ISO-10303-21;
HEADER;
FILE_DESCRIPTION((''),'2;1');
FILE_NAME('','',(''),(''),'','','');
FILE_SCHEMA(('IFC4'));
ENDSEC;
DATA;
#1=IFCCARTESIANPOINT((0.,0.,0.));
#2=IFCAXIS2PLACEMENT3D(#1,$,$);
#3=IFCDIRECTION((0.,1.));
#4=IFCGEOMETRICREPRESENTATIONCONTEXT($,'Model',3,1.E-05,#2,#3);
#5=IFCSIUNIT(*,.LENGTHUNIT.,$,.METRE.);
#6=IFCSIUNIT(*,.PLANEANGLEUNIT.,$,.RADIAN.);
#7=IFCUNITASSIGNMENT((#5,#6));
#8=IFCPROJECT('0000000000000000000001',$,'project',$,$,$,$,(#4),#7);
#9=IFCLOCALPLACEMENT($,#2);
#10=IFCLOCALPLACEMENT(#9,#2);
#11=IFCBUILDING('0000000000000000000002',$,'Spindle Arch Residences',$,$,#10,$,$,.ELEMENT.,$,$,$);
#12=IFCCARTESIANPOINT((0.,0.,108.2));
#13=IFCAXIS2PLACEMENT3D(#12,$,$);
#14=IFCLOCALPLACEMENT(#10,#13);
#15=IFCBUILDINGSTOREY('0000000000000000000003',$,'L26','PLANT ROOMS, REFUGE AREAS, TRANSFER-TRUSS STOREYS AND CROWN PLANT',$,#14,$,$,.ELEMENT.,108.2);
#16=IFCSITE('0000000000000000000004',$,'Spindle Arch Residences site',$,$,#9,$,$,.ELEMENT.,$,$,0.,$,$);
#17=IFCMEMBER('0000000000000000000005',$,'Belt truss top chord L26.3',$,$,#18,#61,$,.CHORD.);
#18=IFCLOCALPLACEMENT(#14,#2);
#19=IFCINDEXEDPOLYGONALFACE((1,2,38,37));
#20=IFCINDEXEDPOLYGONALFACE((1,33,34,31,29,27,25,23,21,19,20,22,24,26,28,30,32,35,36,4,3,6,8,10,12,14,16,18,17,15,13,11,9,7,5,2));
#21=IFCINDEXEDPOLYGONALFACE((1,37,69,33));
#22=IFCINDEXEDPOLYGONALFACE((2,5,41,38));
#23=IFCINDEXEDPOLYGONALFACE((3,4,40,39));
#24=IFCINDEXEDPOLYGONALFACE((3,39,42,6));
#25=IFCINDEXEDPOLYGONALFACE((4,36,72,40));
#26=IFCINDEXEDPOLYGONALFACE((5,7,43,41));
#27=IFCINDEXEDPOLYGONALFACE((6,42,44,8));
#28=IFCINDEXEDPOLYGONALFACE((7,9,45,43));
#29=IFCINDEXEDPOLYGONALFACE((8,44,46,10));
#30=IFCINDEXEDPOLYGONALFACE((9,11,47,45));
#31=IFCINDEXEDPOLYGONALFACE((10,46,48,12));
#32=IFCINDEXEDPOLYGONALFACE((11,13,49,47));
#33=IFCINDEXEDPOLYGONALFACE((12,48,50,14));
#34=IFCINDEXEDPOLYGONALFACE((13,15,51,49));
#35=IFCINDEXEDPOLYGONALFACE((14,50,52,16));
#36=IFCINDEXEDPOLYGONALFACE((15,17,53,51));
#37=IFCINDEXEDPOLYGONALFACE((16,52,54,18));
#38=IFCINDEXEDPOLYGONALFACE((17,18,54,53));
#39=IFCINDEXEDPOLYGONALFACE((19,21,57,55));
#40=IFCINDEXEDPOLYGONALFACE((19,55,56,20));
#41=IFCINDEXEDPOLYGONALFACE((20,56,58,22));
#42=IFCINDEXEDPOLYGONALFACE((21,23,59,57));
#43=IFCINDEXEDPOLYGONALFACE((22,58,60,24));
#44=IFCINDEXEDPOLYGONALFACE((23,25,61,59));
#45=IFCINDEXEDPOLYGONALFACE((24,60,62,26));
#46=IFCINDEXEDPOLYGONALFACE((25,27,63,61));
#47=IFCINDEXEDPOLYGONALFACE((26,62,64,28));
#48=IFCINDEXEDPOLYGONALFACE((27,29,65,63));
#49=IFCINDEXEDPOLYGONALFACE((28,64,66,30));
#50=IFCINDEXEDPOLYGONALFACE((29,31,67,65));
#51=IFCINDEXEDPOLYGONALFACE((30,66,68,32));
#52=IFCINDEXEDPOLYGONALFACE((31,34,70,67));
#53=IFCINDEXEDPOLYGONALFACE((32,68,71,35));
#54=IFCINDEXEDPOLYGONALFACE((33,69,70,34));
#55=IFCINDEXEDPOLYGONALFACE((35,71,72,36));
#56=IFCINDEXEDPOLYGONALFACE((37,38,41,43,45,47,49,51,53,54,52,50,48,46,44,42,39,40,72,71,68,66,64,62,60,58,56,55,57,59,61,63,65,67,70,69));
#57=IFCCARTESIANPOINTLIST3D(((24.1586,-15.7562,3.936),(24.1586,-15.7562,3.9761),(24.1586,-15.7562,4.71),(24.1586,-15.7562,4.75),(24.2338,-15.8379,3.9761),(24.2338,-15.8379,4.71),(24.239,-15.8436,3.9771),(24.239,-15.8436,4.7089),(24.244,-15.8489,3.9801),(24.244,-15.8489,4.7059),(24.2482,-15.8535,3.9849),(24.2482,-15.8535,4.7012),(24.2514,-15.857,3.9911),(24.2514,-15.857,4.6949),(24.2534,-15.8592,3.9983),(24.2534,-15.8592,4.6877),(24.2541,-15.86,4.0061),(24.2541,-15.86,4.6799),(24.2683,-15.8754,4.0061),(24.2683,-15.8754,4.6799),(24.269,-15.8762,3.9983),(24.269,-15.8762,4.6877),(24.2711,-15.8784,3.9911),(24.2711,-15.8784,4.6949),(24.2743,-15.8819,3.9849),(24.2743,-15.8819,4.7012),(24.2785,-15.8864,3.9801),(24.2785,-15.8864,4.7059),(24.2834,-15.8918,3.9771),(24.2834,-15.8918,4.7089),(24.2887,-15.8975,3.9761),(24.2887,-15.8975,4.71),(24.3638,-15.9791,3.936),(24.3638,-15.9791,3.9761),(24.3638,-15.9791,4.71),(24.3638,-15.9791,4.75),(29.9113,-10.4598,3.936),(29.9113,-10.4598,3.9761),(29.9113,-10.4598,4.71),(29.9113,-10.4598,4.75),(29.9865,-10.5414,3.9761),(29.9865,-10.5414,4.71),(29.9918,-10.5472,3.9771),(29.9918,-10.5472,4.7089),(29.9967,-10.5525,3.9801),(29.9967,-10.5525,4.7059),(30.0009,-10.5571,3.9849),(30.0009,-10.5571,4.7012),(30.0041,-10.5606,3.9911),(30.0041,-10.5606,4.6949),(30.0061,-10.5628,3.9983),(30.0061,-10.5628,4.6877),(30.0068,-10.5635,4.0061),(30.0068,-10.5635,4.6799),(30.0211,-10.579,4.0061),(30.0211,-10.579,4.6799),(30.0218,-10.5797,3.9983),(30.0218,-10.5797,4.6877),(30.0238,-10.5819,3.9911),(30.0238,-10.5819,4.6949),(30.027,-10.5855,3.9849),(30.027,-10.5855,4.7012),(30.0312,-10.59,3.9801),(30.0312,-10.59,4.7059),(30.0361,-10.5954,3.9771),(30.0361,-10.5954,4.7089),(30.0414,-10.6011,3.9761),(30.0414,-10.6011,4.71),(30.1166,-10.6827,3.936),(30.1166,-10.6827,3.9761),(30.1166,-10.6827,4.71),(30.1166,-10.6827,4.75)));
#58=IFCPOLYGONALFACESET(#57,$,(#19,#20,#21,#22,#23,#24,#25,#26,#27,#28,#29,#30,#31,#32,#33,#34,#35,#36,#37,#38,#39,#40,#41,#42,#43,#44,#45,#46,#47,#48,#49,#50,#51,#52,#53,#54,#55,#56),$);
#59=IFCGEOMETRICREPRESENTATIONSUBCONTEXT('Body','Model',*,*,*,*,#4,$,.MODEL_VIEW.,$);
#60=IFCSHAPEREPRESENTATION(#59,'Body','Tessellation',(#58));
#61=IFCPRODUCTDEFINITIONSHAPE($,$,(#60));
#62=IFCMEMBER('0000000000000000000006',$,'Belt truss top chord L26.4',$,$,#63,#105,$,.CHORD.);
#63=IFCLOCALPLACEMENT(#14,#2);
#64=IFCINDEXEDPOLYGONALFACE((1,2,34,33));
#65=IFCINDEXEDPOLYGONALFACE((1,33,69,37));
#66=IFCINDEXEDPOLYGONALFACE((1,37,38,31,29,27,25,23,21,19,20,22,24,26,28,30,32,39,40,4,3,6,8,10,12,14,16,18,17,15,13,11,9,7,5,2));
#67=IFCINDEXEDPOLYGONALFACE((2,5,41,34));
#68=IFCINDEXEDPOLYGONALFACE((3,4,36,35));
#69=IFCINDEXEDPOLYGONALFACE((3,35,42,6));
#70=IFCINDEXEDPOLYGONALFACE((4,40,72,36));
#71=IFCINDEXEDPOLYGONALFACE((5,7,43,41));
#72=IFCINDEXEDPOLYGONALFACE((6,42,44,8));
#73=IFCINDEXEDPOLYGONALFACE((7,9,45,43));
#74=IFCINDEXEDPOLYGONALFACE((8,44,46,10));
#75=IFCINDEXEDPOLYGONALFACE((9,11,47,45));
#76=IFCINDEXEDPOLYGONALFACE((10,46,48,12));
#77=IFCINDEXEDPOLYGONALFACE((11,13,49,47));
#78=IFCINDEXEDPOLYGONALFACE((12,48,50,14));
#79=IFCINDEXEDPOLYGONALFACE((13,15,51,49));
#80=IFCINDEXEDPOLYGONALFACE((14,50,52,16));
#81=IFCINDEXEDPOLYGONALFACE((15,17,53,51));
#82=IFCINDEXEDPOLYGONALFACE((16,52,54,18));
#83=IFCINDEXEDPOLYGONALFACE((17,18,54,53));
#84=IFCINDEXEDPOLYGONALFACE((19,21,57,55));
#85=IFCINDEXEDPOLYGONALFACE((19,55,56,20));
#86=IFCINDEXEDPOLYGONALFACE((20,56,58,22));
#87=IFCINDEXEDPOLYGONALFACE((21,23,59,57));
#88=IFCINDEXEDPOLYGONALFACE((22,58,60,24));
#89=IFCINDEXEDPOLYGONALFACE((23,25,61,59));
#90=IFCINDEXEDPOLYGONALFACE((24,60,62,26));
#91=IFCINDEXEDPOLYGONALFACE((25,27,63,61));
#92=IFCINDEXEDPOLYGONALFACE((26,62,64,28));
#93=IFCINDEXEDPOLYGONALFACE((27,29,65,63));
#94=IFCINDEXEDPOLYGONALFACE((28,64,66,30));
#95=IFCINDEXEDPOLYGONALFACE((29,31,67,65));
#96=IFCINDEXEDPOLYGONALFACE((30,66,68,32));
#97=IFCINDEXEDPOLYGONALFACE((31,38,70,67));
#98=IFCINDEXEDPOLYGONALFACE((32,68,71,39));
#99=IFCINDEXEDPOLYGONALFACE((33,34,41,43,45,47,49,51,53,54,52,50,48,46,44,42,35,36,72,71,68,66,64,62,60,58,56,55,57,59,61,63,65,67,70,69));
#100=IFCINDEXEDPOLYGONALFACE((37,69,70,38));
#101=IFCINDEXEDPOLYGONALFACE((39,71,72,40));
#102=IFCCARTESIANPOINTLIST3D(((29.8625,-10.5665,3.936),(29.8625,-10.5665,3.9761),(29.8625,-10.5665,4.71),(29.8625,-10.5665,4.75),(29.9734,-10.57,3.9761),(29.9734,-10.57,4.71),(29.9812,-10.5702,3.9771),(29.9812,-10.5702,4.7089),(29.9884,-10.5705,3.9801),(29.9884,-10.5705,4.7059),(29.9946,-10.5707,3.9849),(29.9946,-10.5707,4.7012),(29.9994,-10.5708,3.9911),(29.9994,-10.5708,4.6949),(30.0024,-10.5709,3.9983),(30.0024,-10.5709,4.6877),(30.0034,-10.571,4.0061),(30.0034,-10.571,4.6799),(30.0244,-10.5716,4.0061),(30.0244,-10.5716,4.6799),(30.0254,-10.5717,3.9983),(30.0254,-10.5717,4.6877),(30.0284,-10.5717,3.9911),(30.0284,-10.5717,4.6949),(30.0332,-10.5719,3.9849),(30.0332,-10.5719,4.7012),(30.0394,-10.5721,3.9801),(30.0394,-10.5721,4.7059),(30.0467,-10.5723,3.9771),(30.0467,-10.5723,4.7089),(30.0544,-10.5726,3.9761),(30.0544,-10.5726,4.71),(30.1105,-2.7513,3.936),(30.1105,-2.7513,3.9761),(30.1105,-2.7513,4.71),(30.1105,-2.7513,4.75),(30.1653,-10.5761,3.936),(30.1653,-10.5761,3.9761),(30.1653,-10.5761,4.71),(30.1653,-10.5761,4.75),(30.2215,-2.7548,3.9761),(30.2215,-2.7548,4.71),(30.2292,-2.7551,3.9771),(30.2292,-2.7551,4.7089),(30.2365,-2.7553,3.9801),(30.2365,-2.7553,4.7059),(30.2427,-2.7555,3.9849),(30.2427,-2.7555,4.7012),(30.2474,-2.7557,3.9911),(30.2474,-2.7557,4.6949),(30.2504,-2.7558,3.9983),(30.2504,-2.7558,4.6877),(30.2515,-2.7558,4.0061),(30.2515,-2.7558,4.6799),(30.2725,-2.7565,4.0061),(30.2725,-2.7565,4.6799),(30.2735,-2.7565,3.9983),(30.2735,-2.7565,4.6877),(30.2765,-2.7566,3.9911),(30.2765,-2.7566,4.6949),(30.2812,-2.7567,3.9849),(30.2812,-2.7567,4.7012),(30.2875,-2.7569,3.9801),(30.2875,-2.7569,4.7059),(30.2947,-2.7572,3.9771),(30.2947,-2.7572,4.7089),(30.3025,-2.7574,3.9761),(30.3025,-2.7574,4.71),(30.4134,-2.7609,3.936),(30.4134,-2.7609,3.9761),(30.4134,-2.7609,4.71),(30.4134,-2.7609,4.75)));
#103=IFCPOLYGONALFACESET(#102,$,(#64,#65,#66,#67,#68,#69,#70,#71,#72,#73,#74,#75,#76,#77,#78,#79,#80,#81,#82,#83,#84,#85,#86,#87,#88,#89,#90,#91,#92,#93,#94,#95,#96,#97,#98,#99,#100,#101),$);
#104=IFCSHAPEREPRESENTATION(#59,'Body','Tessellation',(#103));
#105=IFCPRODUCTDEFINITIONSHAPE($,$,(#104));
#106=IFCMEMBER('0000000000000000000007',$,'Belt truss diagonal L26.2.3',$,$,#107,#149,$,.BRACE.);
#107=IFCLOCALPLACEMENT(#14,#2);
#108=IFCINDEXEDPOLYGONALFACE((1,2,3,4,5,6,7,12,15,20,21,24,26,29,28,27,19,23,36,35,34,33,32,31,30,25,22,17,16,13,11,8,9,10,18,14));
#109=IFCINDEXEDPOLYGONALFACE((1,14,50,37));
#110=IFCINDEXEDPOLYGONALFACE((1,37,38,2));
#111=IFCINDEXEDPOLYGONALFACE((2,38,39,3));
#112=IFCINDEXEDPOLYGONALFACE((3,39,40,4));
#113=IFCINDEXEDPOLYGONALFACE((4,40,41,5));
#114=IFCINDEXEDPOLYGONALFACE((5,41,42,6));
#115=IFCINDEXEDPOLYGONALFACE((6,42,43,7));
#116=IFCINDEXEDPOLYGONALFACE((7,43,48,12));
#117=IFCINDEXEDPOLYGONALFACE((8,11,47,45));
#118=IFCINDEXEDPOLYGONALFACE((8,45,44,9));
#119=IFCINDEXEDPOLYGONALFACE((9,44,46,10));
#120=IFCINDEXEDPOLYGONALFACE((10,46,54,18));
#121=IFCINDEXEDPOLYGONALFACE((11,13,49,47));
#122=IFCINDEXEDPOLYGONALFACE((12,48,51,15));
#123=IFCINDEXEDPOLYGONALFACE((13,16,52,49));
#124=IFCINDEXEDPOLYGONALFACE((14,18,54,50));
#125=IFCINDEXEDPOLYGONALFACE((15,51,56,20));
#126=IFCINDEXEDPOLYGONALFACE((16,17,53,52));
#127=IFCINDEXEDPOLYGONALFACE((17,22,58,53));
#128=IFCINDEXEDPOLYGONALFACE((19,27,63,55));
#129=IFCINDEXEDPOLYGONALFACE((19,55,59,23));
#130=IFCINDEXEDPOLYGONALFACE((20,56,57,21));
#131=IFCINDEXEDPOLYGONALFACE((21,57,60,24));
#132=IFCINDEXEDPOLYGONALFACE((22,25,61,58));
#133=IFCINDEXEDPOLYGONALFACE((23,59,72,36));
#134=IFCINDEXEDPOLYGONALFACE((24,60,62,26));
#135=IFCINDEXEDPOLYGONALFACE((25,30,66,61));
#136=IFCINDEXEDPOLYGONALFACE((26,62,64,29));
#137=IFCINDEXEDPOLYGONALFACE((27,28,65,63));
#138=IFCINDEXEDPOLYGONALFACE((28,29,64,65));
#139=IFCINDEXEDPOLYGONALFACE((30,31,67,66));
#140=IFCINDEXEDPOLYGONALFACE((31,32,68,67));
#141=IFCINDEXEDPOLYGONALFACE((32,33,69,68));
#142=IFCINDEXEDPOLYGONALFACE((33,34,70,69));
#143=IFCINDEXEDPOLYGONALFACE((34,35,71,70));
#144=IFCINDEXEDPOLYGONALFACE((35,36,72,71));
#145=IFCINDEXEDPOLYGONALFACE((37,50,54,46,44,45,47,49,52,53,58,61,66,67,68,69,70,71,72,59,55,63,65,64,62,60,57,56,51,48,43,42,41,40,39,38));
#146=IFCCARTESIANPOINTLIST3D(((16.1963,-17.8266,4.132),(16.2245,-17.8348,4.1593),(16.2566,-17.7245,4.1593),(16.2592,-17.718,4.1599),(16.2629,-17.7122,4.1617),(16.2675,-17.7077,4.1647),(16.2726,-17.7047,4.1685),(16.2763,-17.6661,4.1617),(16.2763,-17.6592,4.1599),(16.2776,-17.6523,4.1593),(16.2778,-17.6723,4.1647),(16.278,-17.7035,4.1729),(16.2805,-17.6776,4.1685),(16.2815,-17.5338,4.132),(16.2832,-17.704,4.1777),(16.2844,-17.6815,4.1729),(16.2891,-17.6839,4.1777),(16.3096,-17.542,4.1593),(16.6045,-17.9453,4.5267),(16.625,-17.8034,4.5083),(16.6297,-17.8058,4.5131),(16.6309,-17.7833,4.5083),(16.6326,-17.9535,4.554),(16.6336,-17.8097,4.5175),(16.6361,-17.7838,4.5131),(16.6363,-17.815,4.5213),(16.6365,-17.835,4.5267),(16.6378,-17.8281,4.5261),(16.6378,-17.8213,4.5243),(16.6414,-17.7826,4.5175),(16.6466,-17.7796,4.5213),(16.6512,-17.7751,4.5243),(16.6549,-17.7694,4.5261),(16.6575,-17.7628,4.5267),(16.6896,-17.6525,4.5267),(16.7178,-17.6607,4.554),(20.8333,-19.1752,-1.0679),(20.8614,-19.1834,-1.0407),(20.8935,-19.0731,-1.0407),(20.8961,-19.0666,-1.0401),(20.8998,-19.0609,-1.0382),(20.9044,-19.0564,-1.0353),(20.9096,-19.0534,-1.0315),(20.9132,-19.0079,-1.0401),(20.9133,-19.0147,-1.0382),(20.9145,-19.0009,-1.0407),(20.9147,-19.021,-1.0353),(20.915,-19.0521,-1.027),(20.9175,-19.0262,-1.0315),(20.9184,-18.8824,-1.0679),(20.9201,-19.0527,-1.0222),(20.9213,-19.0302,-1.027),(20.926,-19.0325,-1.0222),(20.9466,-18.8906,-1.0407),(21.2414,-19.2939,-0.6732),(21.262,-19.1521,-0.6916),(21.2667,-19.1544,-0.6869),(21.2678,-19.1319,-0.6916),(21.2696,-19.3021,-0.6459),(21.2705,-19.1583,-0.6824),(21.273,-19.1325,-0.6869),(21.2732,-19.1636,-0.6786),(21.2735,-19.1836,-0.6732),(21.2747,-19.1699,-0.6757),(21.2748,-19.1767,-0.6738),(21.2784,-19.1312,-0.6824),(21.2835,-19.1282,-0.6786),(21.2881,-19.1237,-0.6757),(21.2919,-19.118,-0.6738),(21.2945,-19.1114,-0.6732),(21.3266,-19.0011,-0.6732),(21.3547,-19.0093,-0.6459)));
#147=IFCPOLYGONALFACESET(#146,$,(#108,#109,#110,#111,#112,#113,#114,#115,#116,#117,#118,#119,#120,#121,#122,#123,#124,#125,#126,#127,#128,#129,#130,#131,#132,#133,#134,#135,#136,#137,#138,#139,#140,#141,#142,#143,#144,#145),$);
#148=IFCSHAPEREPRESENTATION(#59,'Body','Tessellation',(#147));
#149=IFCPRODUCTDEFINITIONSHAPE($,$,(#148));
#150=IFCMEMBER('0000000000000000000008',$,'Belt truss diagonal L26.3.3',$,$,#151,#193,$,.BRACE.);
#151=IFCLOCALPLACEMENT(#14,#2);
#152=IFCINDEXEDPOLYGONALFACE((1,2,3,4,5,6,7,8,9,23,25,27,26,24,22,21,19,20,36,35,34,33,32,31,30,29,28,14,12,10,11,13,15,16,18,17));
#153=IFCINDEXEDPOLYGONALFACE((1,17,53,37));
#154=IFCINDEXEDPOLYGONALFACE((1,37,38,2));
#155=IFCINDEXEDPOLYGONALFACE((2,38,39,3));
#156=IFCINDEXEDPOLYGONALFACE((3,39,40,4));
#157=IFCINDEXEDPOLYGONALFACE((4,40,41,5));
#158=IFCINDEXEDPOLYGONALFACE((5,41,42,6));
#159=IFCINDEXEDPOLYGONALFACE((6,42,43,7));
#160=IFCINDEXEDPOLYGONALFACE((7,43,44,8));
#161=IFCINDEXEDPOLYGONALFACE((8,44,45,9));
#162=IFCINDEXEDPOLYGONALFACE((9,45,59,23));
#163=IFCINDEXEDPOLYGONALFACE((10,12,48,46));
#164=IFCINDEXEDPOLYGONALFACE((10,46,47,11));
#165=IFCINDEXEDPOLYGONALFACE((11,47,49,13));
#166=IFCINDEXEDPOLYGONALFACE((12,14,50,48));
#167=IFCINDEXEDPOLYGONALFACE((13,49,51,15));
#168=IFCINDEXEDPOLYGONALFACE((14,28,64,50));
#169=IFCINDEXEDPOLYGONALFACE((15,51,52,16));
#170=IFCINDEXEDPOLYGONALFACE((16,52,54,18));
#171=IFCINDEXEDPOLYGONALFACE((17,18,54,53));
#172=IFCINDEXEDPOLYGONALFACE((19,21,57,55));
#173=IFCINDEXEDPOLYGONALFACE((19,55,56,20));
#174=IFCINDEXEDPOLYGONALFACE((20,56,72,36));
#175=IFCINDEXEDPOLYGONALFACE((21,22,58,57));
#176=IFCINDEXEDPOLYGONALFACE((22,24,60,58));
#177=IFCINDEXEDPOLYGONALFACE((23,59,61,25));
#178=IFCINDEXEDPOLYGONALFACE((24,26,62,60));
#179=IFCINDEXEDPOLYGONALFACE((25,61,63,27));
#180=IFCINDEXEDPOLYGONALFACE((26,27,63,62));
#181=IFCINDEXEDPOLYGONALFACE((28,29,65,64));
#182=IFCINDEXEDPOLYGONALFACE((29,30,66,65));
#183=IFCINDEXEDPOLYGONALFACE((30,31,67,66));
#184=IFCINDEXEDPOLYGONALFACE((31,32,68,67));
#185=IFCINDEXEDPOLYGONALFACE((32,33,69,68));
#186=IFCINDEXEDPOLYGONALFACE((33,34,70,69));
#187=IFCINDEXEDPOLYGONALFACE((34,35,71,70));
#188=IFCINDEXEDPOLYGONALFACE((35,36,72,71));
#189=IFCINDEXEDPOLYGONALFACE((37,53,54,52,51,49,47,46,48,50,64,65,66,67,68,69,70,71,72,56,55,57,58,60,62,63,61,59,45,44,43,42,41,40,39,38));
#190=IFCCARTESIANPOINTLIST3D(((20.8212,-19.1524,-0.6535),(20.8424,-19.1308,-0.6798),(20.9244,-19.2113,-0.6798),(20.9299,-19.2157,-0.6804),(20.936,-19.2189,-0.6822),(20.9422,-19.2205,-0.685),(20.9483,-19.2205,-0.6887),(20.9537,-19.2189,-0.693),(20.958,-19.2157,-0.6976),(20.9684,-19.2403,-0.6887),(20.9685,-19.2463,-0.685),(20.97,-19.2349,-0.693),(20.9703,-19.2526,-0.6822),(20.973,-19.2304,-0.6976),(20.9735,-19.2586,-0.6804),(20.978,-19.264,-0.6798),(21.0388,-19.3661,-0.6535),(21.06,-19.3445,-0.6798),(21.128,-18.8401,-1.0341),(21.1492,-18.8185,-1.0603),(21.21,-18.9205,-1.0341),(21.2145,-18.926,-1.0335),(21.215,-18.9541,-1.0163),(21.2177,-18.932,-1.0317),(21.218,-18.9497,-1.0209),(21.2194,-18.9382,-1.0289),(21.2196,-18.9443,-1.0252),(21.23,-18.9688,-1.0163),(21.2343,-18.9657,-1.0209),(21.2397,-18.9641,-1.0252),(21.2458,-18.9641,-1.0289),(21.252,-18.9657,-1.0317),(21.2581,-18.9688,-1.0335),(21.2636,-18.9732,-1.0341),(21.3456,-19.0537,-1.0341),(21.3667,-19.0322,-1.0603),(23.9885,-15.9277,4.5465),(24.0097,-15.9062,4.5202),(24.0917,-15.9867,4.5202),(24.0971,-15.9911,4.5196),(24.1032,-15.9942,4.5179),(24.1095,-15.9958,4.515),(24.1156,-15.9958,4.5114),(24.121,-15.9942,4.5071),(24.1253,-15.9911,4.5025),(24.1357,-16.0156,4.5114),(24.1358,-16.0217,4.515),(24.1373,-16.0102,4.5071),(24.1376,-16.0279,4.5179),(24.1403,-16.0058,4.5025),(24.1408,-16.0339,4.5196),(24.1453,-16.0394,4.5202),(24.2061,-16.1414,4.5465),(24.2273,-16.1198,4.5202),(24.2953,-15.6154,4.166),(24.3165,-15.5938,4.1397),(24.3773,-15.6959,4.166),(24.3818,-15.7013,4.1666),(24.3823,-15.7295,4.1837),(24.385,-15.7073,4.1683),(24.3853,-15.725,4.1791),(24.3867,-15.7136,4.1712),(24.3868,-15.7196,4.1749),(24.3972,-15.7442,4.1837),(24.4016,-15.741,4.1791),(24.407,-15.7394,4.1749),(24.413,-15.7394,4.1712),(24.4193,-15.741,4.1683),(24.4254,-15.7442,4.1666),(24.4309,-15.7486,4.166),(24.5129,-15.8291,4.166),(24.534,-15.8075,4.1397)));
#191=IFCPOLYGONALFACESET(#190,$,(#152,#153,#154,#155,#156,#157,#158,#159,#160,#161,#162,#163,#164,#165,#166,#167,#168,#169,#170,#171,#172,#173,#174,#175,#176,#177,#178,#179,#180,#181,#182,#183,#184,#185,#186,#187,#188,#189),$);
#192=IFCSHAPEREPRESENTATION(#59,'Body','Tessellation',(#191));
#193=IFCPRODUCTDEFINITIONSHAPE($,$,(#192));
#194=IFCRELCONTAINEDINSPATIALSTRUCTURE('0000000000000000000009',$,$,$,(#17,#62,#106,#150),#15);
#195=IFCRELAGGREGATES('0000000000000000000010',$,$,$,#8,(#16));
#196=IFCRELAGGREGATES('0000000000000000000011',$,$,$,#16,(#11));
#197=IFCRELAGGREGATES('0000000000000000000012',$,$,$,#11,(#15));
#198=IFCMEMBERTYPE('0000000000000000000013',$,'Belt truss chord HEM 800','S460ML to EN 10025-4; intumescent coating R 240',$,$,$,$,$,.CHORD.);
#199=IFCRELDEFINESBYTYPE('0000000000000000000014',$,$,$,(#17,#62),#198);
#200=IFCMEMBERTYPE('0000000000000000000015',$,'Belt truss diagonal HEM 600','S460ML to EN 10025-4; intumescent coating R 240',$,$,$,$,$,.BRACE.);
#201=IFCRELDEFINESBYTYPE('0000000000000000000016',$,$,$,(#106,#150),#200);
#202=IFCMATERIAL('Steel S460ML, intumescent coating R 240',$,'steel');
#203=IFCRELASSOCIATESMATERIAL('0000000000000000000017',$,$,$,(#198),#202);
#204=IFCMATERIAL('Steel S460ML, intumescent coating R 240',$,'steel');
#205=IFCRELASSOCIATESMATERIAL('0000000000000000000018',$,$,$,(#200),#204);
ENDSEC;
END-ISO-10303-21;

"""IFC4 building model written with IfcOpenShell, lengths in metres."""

from ifc_helpers import new_model, si_unit, direction, frame, origin, origin_2d, place, context, subcontext, project, spatial, i_section, extrude, material, material_profile, profile_set, type_object, element, save


model = new_model("IFC4")

# Units and contexts
model_context = context("Model", 3, precision=1e-05, world=origin(), true_north=direction((0.0, 1.0)))
body_context = subcontext(model_context, "Body", "Model", "MODEL_VIEW")
ifc_project = project(units=[si_unit("LENGTHUNIT", "METRE"), si_unit("PLANEANGLEUNIT", "RADIAN")], contexts=[model_context])

# Site, building, storey
site_placement = place(None, origin())
site = spatial("IfcSite", under=ifc_project, at=site_placement, Name="Spindle Arch Residences site", CompositionType="ELEMENT", RefElevation=0.0)
building_placement = place(site_placement, origin())
building = spatial("IfcBuilding", under=site, at=building_placement, Name="Spindle Arch Residences", CompositionType="ELEMENT")
storey_placement = place(building_placement, frame((0.0, 0.0, 108.2)))
storey = spatial("IfcBuildingStorey", under=building, at=storey_placement, Name="L26", Description="PLANT ROOMS, REFUGE AREAS, TRANSFER-TRUSS STOREYS AND CROWN PLANT", CompositionType="ELEMENT", Elevation=108.2)

# Members
ifc_material_1 = material(Name="Steel S460ML, intumescent coating R 240", Category="steel")
ifc_material_profile_1 = material_profile(ifc_material_1, i_section(OverallWidth=0.303, OverallDepth=0.814, WebThickness=0.021, FlangeThickness=0.04, FilletRadius=0.03, at=origin_2d()), Name="HEM 800")
ifc_profile_set_1 = profile_set([ifc_material_profile_1], Name="Steel S460ML, intumescent coating R 240")
member_type_1 = type_object("IfcMemberType", Name="Belt truss chord HEM 800", Description="S460ML to EN 10025-4; intumescent coating R 240", PredefinedType="CHORD", material=ifc_profile_set_1)
member_1_placement = place(storey_placement, frame((24.2612, -15.8677, 4.343), z_axis=(0.735681, 0.677328, 0.0), x_axis=(-0.677328, 0.735681, 0.0)))
element("IfcMember", 1, at=member_1_placement, inside=storey, type_object=member_type_1, Name="Belt truss top chord L26.3", PredefinedType="CHORD", context=body_context, shape_type="SweptSolid", body=[
    extrude(i_section(OverallWidth=0.303, OverallDepth=0.814, WebThickness=0.021, FlangeThickness=0.04, FilletRadius=0.03, at=origin_2d()), origin(), (0.0, 0.0, 1.0), 7.8196),
])
member_2_placement = place(storey_placement, frame((30.0139, -10.5713, 4.343), z_axis=(0.031723, 0.999497, 0.0), x_axis=(-0.999497, 0.031723, 0.0)))
element("IfcMember", 2, at=member_2_placement, inside=storey, type_object=member_type_1, Name="Belt truss top chord L26.4", PredefinedType="CHORD", context=body_context, shape_type="SweptSolid", body=[
    extrude(i_section(OverallWidth=0.303, OverallDepth=0.814, WebThickness=0.021, FlangeThickness=0.04, FilletRadius=0.03, at=origin_2d()), origin(), (0.0, 0.0, 1.0), 7.8191),
])
ifc_material_2 = material(Name="Steel S460ML, intumescent coating R 240", Category="steel")
ifc_material_profile_2 = material_profile(ifc_material_2, i_section(OverallWidth=0.3049, OverallDepth=0.6201, WebThickness=0.021, FlangeThickness=0.04, FilletRadius=0.0271, at=origin_2d()), Name="HEM 600")
ifc_profile_set_2 = profile_set([ifc_material_profile_2], Name="Steel S460ML, intumescent coating R 240")
member_type_2 = type_object("IfcMemberType", Name="Belt truss diagonal HEM 600", Description="S460ML to EN 10025-4; intumescent coating R 240", PredefinedType="BRACE", material=ifc_profile_set_2)
member_3_placement = place(storey_placement, frame((21.094, -19.0923, -0.8569), z_axis=(-0.653419, 0.190043, 0.732753), x_axis=(-0.279272, -0.960212, 0.0)))
element("IfcMember", 3, at=member_3_placement, inside=storey, type_object=member_type_2, Name="Belt truss diagonal L26.2.3", PredefinedType="BRACE", context=body_context, shape_type="SweptSolid", body=[
    extrude(i_section(OverallWidth=0.3049, OverallDepth=0.6201, WebThickness=0.021, FlangeThickness=0.04, FilletRadius=0.0271, at=origin_2d()), origin(), (0.0, 0.0, 1.0), 7.0964),
])
member_4_placement = place(storey_placement, frame((21.094, -19.0923, -0.8569), z_axis=(0.459701, 0.468028, 0.754735), x_axis=(-0.713425, 0.700732, 0.0)))
element("IfcMember", 4, at=member_4_placement, inside=storey, type_object=member_type_2, Name="Belt truss diagonal L26.3.3", PredefinedType="BRACE", context=body_context, shape_type="SweptSolid", body=[
    extrude(i_section(OverallWidth=0.3049, OverallDepth=0.6201, WebThickness=0.021, FlangeThickness=0.04, FilletRadius=0.0271, at=origin_2d()), origin(), (0.0, 0.0, 1.0), 6.8899),
])

save(model, "model.ifc")
